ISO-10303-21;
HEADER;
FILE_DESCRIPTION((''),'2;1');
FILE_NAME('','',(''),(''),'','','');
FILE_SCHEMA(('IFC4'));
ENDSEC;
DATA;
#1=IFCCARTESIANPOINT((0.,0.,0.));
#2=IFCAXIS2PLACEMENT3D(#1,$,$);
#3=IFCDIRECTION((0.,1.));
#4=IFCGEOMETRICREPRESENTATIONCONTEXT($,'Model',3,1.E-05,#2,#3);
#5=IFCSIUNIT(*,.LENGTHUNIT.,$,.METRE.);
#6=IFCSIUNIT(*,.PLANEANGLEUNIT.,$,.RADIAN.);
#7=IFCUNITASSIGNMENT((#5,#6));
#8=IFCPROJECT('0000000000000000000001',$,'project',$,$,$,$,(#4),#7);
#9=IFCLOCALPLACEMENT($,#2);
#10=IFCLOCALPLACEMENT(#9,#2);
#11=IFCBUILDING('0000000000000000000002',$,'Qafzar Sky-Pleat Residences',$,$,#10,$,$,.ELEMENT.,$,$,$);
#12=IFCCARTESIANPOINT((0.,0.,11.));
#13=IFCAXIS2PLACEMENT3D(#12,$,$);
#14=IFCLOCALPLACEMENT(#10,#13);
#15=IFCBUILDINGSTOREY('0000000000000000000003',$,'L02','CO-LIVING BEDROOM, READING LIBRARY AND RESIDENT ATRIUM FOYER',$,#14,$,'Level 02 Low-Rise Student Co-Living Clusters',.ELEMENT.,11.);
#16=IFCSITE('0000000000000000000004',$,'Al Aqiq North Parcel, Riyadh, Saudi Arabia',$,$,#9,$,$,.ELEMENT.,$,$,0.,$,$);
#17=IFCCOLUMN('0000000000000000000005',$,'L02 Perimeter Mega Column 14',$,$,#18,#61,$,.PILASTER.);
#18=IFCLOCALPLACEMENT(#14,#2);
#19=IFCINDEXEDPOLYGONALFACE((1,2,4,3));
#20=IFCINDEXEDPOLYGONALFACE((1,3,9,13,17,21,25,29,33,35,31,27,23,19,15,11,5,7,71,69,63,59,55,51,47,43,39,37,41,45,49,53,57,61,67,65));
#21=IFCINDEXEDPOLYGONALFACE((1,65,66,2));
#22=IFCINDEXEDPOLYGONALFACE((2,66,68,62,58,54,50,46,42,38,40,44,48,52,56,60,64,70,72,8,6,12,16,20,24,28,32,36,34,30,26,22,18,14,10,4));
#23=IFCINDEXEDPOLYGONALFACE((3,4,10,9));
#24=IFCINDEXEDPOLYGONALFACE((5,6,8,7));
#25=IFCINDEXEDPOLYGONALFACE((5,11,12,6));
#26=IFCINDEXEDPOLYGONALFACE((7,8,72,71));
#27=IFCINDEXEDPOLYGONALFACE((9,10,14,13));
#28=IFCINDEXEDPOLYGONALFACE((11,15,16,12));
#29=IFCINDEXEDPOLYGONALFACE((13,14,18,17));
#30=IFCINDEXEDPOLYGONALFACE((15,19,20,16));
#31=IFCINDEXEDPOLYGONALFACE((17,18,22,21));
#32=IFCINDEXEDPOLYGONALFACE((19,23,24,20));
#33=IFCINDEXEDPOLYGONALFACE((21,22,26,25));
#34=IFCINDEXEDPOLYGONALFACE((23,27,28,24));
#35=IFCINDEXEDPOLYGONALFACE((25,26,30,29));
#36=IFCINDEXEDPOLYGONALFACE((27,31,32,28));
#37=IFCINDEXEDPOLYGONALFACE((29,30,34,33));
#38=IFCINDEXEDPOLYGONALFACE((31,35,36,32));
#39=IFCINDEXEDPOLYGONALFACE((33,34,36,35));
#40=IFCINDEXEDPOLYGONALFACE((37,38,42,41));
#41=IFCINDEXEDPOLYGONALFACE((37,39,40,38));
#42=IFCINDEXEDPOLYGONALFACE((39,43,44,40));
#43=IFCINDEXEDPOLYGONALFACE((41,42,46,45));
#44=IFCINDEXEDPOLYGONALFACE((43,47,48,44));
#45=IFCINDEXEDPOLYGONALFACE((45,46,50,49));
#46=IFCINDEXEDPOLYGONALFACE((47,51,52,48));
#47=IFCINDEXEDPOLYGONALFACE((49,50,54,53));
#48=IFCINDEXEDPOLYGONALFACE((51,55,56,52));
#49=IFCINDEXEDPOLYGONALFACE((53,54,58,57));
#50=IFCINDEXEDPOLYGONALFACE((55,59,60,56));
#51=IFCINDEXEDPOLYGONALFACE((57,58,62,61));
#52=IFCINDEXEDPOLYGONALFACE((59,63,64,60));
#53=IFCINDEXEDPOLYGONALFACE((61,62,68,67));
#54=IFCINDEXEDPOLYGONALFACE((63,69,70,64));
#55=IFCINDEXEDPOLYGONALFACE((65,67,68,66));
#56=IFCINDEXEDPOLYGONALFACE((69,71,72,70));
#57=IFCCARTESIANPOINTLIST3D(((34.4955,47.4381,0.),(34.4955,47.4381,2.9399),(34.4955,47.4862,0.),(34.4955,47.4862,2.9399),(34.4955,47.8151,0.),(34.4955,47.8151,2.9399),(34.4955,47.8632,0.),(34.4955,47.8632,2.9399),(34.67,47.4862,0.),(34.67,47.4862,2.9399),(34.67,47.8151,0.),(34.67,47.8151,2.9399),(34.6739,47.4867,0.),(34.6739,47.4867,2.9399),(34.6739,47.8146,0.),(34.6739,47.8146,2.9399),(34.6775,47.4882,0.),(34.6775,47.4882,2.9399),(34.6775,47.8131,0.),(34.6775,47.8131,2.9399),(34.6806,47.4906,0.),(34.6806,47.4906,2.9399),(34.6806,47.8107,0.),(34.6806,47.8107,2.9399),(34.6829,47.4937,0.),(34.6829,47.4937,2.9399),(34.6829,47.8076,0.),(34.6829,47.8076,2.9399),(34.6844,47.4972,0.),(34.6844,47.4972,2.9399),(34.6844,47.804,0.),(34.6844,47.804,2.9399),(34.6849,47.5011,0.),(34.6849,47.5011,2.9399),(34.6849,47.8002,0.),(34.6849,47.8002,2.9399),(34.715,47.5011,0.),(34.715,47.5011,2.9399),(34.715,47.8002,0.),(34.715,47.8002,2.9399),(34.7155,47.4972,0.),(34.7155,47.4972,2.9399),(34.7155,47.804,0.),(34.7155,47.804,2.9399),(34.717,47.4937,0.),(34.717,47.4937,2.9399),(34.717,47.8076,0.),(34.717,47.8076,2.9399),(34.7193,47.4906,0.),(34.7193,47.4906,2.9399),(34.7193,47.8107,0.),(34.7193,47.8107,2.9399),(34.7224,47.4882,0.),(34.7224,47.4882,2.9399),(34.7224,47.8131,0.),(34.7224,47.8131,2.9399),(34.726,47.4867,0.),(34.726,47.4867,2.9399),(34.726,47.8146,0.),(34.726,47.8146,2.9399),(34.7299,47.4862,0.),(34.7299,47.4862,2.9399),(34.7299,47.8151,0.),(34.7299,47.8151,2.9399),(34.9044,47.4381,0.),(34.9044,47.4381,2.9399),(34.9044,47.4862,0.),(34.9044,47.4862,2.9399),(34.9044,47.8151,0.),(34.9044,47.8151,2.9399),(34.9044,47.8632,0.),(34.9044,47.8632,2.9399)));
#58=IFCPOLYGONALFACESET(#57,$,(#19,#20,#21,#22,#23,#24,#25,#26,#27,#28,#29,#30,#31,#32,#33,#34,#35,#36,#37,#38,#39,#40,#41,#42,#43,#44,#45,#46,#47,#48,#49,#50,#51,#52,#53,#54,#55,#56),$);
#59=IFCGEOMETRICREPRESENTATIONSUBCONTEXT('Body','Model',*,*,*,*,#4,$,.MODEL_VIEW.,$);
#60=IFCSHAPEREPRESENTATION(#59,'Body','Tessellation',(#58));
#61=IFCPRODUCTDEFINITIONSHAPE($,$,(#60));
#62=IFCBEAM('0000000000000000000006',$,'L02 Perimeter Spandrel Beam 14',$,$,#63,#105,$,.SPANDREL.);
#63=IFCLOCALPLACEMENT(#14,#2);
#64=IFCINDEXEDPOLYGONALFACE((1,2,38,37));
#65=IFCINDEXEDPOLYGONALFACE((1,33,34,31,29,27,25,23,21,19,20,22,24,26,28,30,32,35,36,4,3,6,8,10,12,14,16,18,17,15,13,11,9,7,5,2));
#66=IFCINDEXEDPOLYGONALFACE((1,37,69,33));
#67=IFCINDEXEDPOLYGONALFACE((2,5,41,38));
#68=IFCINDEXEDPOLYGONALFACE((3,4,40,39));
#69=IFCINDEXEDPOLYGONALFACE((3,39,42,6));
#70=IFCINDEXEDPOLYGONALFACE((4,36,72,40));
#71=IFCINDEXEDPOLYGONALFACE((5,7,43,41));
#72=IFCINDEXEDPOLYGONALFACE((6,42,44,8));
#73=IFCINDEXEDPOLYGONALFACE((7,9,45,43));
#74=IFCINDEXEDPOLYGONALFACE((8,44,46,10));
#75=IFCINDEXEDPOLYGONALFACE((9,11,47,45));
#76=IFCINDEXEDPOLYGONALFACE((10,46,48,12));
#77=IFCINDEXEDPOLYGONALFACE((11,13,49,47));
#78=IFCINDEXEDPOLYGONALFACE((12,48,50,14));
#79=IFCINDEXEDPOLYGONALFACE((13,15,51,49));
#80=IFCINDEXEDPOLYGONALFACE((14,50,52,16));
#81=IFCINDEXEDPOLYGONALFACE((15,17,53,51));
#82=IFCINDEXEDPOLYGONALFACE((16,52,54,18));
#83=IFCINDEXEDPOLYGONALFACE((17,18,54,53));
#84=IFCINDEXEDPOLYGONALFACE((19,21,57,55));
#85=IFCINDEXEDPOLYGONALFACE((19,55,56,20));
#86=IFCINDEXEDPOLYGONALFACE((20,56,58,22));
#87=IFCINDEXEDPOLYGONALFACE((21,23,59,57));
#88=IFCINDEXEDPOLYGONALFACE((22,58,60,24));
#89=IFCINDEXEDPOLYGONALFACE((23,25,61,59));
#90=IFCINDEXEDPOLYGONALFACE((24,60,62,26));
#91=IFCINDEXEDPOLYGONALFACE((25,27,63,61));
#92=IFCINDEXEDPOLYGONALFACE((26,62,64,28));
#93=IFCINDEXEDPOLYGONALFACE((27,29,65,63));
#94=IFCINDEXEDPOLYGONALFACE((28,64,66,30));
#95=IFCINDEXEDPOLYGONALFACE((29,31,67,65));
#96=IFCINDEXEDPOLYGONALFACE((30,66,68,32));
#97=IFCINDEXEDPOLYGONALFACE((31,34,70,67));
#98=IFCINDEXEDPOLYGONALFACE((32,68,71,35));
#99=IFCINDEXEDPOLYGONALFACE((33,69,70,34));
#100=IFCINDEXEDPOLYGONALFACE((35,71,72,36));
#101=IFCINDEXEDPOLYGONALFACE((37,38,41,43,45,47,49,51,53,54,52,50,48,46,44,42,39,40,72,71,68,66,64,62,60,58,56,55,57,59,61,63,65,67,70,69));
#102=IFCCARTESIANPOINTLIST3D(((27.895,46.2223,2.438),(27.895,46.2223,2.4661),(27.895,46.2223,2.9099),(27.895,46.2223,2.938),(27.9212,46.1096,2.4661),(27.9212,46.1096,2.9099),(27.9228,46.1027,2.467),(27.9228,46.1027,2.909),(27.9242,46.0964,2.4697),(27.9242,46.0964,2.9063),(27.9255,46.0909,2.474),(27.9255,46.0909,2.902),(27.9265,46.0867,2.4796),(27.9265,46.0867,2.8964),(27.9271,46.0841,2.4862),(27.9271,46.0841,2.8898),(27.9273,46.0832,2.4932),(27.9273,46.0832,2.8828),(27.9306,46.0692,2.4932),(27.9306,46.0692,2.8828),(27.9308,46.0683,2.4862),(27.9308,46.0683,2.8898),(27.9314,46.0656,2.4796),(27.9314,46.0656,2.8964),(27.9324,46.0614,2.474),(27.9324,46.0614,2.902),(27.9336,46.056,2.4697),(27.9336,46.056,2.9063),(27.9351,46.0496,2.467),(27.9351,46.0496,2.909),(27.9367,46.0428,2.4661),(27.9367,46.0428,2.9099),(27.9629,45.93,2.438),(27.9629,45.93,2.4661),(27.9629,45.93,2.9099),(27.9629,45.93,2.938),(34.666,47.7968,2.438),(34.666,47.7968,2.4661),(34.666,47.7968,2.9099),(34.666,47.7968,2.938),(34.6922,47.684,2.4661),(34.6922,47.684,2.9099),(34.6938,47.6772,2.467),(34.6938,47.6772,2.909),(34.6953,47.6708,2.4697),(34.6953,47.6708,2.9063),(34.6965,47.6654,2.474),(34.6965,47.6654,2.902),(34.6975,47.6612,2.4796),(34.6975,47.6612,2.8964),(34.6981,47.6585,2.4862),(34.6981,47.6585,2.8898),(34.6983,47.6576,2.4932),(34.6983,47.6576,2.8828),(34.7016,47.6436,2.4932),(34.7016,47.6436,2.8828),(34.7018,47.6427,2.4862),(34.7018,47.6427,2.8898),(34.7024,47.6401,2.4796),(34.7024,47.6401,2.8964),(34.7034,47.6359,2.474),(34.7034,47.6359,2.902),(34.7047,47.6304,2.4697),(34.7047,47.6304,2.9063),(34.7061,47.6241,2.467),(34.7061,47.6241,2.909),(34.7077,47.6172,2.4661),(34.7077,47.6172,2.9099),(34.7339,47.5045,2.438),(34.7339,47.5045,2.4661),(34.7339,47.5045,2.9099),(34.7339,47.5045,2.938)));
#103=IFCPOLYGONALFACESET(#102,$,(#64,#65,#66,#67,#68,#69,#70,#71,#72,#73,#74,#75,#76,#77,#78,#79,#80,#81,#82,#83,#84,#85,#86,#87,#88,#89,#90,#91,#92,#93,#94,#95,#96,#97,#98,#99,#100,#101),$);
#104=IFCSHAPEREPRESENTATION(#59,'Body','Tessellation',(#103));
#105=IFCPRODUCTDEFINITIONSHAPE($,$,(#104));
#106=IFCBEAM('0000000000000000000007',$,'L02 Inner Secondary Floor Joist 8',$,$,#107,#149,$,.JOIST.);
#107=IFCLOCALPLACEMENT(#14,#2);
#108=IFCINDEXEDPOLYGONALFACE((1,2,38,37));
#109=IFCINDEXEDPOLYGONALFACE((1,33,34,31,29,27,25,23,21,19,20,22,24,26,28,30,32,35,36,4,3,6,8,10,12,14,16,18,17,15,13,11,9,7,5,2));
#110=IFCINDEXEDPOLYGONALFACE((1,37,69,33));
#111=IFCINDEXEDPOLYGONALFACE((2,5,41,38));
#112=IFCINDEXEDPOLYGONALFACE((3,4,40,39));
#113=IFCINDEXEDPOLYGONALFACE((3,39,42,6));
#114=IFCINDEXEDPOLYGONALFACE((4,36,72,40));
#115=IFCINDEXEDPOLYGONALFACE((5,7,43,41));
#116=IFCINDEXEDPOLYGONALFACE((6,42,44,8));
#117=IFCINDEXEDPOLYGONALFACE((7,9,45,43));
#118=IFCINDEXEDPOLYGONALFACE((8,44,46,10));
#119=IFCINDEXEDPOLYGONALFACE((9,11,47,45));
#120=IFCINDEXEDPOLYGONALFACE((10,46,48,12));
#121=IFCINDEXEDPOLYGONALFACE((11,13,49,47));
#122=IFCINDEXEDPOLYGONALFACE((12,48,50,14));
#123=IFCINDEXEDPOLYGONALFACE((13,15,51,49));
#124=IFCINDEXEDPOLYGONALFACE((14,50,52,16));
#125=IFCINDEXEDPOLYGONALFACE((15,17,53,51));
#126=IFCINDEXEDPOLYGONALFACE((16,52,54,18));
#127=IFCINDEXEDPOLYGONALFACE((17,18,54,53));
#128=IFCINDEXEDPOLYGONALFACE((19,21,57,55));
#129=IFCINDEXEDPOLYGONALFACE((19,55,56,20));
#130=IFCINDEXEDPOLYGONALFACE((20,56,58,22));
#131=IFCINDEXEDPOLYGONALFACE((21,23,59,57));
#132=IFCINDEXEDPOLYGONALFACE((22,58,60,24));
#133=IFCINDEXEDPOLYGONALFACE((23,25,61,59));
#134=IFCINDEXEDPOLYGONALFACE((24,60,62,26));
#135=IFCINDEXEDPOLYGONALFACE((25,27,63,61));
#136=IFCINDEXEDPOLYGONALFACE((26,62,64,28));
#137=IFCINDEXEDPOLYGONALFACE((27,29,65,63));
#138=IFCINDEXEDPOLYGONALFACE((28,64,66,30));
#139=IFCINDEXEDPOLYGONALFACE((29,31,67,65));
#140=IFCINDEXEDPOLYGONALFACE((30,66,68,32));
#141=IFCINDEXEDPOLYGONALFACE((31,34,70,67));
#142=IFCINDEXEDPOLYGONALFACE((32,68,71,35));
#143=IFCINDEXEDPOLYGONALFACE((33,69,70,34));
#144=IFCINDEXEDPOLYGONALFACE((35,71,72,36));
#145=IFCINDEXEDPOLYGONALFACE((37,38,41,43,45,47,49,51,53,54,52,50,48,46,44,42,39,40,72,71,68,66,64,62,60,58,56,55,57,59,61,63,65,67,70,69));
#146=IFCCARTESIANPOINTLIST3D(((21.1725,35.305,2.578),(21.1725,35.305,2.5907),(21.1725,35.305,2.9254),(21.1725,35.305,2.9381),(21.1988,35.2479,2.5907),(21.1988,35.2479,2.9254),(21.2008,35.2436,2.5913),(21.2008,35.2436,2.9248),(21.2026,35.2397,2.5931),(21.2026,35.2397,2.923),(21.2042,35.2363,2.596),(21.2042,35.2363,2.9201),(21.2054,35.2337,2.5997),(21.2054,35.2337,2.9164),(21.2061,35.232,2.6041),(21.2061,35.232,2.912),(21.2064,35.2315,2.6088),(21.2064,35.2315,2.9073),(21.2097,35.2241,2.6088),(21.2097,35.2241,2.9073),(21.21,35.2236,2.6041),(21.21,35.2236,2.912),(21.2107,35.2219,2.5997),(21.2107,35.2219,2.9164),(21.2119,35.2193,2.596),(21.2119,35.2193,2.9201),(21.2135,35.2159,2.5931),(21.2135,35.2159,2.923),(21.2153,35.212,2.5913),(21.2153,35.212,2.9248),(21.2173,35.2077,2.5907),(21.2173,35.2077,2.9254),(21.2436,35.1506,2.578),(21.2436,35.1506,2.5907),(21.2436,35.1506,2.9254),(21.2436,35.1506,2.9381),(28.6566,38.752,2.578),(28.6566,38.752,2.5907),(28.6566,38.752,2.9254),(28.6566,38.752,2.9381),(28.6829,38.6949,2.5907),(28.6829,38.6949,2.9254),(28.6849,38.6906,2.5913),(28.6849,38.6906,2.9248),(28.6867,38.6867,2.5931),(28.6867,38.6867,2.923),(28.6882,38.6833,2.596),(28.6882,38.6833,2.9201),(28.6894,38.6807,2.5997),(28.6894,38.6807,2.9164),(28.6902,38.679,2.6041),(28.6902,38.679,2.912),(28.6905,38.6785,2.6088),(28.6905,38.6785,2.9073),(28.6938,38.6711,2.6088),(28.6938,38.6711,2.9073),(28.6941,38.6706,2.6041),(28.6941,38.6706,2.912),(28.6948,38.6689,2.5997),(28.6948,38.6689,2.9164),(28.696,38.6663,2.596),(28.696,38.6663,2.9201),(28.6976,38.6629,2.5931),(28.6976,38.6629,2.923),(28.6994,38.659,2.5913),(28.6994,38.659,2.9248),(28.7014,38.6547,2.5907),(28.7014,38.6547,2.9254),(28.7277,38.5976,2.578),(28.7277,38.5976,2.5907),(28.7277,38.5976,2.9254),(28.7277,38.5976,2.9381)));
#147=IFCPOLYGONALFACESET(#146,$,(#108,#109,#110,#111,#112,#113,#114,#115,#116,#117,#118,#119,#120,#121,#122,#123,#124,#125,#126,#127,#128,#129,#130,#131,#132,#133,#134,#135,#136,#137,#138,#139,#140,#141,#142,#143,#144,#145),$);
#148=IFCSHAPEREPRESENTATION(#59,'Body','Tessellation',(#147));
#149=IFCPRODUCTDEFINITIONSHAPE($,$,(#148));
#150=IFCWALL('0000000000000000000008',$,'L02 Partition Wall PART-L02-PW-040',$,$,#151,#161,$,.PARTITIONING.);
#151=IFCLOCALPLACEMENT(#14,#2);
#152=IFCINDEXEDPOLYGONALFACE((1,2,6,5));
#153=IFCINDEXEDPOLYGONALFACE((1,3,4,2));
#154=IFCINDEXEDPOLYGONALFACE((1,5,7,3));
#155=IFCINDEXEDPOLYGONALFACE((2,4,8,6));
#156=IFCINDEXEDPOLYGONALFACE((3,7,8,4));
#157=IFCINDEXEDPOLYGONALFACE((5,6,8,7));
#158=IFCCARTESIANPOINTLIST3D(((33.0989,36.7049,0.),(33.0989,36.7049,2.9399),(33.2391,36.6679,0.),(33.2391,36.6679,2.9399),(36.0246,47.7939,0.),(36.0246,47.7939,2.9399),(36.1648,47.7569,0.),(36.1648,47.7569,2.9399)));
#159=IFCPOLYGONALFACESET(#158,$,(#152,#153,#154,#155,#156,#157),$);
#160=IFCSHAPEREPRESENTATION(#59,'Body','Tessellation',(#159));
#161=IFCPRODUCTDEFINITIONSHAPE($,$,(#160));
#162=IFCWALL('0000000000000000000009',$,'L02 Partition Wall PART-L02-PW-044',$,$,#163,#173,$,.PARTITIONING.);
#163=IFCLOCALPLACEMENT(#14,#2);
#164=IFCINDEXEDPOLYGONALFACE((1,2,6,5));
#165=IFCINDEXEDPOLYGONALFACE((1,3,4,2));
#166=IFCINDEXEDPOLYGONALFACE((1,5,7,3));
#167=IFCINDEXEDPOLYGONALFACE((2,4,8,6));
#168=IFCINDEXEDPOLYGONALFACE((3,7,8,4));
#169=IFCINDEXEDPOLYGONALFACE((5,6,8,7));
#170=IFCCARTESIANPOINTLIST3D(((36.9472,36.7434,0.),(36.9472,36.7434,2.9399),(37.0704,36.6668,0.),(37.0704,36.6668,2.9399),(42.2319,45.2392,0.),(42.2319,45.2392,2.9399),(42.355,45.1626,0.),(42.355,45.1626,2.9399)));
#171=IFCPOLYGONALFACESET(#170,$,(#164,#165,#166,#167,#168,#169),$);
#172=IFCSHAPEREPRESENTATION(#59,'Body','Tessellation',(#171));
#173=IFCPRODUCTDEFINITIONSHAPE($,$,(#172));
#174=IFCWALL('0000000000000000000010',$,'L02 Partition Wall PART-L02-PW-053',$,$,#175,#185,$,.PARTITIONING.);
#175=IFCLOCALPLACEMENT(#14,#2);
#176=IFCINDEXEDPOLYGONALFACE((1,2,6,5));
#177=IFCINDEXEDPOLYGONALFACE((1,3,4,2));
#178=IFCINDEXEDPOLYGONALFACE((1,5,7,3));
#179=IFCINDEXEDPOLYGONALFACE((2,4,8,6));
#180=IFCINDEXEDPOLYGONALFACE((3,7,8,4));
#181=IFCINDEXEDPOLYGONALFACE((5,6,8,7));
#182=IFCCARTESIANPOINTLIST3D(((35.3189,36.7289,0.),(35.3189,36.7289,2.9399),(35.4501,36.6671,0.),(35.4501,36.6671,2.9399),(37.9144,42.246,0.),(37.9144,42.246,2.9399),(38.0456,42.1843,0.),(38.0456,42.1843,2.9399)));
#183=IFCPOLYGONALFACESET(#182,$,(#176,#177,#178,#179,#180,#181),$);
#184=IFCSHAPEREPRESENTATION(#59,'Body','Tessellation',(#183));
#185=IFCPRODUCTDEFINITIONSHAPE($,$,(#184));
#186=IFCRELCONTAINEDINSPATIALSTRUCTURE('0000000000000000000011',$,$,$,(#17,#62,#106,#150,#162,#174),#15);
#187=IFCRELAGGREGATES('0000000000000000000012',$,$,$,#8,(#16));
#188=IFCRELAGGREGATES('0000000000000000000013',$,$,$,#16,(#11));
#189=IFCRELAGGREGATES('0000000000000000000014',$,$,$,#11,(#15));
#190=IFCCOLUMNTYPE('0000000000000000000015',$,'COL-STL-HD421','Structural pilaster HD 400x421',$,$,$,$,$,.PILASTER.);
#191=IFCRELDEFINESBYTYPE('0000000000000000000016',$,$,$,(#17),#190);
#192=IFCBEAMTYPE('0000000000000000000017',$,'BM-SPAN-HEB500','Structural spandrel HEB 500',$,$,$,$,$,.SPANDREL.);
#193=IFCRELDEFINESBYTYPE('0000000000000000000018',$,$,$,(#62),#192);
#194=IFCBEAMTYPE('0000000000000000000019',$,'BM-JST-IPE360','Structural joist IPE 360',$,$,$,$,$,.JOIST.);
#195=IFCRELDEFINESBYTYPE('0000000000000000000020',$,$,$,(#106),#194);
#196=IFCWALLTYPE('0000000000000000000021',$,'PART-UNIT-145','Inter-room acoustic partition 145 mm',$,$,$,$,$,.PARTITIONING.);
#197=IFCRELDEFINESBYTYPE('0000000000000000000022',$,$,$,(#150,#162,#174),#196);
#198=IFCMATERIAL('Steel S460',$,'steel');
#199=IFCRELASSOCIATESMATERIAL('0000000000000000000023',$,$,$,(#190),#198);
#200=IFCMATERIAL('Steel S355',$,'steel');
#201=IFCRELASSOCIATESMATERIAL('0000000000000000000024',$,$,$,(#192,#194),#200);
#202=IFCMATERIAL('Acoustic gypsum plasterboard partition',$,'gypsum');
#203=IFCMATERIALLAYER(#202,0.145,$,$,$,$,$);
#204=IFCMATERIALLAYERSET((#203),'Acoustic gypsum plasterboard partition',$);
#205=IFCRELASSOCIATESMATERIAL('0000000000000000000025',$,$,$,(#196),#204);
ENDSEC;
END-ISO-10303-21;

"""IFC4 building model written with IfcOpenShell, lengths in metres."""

from ifc_helpers import new_model, si_unit, direction, frame, frame_2d, origin, origin_2d, place, context, subcontext, project, spatial, rectangle, i_section, extrude, source, transform, mapped, material, layer, layer_set, material_profile, profile_set, type_object, element, save


model = new_model("IFC4")

# Units and contexts
model_context = context("Model", 3, precision=1e-05, world=origin(), true_north=direction((0.0, 1.0)))
body_context = subcontext(model_context, "Body", "Model", "MODEL_VIEW")
ifc_project = project(units=[si_unit("LENGTHUNIT", "METRE"), si_unit("PLANEANGLEUNIT", "RADIAN")], contexts=[model_context])

# Site, building, storey
site_placement = place(None, origin())
site = spatial("IfcSite", under=ifc_project, at=site_placement, Name="Al Aqiq North Parcel, Riyadh, Saudi Arabia", CompositionType="ELEMENT", RefElevation=0.0)
building_placement = place(site_placement, origin())
building = spatial("IfcBuilding", under=site, at=building_placement, Name="Qafzar Sky-Pleat Residences", CompositionType="ELEMENT")
storey_placement = place(building_placement, frame((0.0, 0.0, 11.0)))
storey = spatial("IfcBuildingStorey", under=building, at=storey_placement, Name="L02", Description="CO-LIVING BEDROOM, READING LIBRARY AND RESIDENT ATRIUM FOYER", LongName="Level 02 Low-Rise Student Co-Living Clusters", CompositionType="ELEMENT", Elevation=11.0)

# Column
ifc_material_1 = material(Name="Steel S460", Category="steel")
ifc_material_profile_1 = material_profile(ifc_material_1, i_section(OverallWidth=0.4089, OverallDepth=0.425, WebThickness=0.03, FlangeThickness=0.0481, FilletRadius=0.0149, at=origin_2d()), Name="HD 400x421")
ifc_profile_set_1 = profile_set([ifc_material_profile_1], Name="Steel S460")
column_type = type_object("IfcColumnType", Name="COL-STL-HD421", Description="Structural pilaster HD 400x421", PredefinedType="PILASTER", material=ifc_profile_set_1)
shared_shape_1 = source(origin(), body_context, "Body", "SweptSolid", [
    extrude(i_section(OverallWidth=0.4089, OverallDepth=0.425, WebThickness=0.03, FlangeThickness=0.0481, FilletRadius=0.0149, at=origin_2d()), origin(), (0.0, 0.0, 1.0), 2.9399),
])
column_placement = place(storey_placement, frame((34.7, 47.6506, 0.0), z_axis=(0.0, 0.0, 1.0), x_axis=(1.0, 0.0, 0.0)))
element("IfcColumn", 1, at=column_placement, inside=storey, type_object=column_type, Name="L02 Perimeter Mega Column 14", PredefinedType="PILASTER", context=body_context, shape_type="MappedRepresentation", body=[
    mapped(shared_shape_1, transform((0.0, 0.0, 0.0), x_axis=(1.0, 0.0, 0.0), y_axis=(0.0, 1.0, 0.0), z_axis=(0.0, 0.0, 1.0), scale=1.0)),
])

# Beams
ifc_material_2 = material(Name="Steel S355", Category="steel")
ifc_material_profile_2 = material_profile(ifc_material_2, i_section(OverallWidth=0.3, OverallDepth=0.5, WebThickness=0.0144, FlangeThickness=0.0281, FilletRadius=0.0271, at=origin_2d()), Name="HEB 500")
ifc_profile_set_2 = profile_set([ifc_material_profile_2], Name="Steel S355")
beam_type_1 = type_object("IfcBeamType", Name="BM-SPAN-HEB500", Description="Structural spandrel HEB 500", PredefinedType="SPANDREL", material=ifc_profile_set_2)
shared_shape_2 = source(origin(), body_context, "Body", "SweptSolid", [
    extrude(i_section(OverallWidth=0.3, OverallDepth=0.5, WebThickness=0.0144, FlangeThickness=0.0281, FilletRadius=0.0271, at=origin_2d()), origin(), (0.0, 0.0, 1.0), 6.9517),
])
beam_1_placement = place(storey_placement, frame((34.7, 47.6506, 2.688), z_axis=(-0.974014, -0.226488, 0.0), x_axis=(0.226488, -0.974014, 0.0)))
element("IfcBeam", 2, at=beam_1_placement, inside=storey, type_object=beam_type_1, Name="L02 Perimeter Spandrel Beam 14", PredefinedType="SPANDREL", context=body_context, shape_type="MappedRepresentation", body=[
    mapped(shared_shape_2, transform((0.0, 0.0, 0.0), x_axis=(1.0, 0.0, 0.0), y_axis=(0.0, 1.0, 0.0), z_axis=(0.0, 0.0, 1.0), scale=1.0)),
])
ifc_material_profile_3 = material_profile(ifc_material_2, i_section(OverallWidth=0.1699, OverallDepth=0.3601, WebThickness=0.0081, FlangeThickness=0.0127, FilletRadius=0.0181, at=origin_2d()), Name="IPE 360")
ifc_profile_set_3 = profile_set([ifc_material_profile_3], Name="Steel S355")
beam_type_2 = type_object("IfcBeamType", Name="BM-JST-IPE360", Description="Structural joist IPE 360", PredefinedType="JOIST", material=ifc_profile_set_3)
shared_shape_3 = source(origin(), body_context, "Body", "SweptSolid", [
    extrude(i_section(OverallWidth=0.1699, OverallDepth=0.3601, WebThickness=0.0081, FlangeThickness=0.0127, FilletRadius=0.0181, at=origin_2d()), origin(), (0.0, 0.0, 1.0), 8.2397),
])
beam_2_placement = place(storey_placement, frame((28.6921, 38.6748, 2.7581), z_axis=(-0.908291, -0.418338, 0.0), x_axis=(0.418338, -0.908291, 0.0)))
element("IfcBeam", 3, at=beam_2_placement, inside=storey, type_object=beam_type_2, Name="L02 Inner Secondary Floor Joist 8", PredefinedType="JOIST", context=body_context, shape_type="MappedRepresentation", body=[
    mapped(shared_shape_3, transform((0.0, 0.0, 0.0), x_axis=(1.0, 0.0, 0.0), y_axis=(0.0, 1.0, 0.0), z_axis=(0.0, 0.0, 1.0), scale=1.0)),
])

# Walls
ifc_material_3 = material(Name="Acoustic gypsum plasterboard partition", Category="gypsum")
ifc_layer_1 = layer(ifc_material_3, 0.145)
ifc_layer_set_1 = layer_set([ifc_layer_1], Name="Acoustic gypsum plasterboard partition")
wall_type_1 = type_object("IfcWallType", Name="PART-UNIT-145", Description="Inter-room acoustic partition 145 mm", PredefinedType="PARTITIONING", material=ifc_layer_set_1)
wall_1_placement = place(storey_placement, frame((33.1689, 36.6863, 0.0), z_axis=(0.0, 0.0, 1.0), x_axis=(0.255113, 0.966911, 0.0)))
element("IfcWall", 4, at=wall_1_placement, inside=storey, type_object=wall_type_1, Name="L02 Partition Wall PART-L02-PW-040", PredefinedType="PARTITIONING", context=body_context, shape_type="SweptSolid", body=[
    extrude(rectangle(XDim=11.4685, YDim=0.145, at=frame_2d((5.7344, 0.0))), origin(), (0.0, 0.0, 1.0), 2.9399),
])
wall_2_placement = place(storey_placement, frame((37.0088, 36.7051, 0.0), z_axis=(0.0, 0.0, 1.0), x_axis=(0.528184, 0.84913, 0.0)))
element("IfcWall", 5, at=wall_2_placement, inside=storey, type_object=wall_type_1, Name="L02 Partition Wall PART-L02-PW-044", PredefinedType="PARTITIONING", context=body_context, shape_type="SweptSolid", body=[
    extrude(rectangle(XDim=10.0054, YDim=0.145, at=frame_2d((5.0027, 0.0))), origin(), (0.0, 0.0, 1.0), 2.9399),
])
wall_3_placement = place(storey_placement, frame((35.3845, 36.698, 0.0), z_axis=(0.0, 0.0, 1.0), x_axis=(0.425687, 0.90487, 0.0)))
element("IfcWall", 6, at=wall_3_placement, inside=storey, type_object=wall_type_1, Name="L02 Partition Wall PART-L02-PW-053", PredefinedType="PARTITIONING", context=body_context, shape_type="SweptSolid", body=[
    extrude(rectangle(XDim=6.0972, YDim=0.145, at=frame_2d((3.0486, 0.0))), origin(), (0.0, 0.0, 1.0), 2.9399),
])

save(model, "model.ifc")
